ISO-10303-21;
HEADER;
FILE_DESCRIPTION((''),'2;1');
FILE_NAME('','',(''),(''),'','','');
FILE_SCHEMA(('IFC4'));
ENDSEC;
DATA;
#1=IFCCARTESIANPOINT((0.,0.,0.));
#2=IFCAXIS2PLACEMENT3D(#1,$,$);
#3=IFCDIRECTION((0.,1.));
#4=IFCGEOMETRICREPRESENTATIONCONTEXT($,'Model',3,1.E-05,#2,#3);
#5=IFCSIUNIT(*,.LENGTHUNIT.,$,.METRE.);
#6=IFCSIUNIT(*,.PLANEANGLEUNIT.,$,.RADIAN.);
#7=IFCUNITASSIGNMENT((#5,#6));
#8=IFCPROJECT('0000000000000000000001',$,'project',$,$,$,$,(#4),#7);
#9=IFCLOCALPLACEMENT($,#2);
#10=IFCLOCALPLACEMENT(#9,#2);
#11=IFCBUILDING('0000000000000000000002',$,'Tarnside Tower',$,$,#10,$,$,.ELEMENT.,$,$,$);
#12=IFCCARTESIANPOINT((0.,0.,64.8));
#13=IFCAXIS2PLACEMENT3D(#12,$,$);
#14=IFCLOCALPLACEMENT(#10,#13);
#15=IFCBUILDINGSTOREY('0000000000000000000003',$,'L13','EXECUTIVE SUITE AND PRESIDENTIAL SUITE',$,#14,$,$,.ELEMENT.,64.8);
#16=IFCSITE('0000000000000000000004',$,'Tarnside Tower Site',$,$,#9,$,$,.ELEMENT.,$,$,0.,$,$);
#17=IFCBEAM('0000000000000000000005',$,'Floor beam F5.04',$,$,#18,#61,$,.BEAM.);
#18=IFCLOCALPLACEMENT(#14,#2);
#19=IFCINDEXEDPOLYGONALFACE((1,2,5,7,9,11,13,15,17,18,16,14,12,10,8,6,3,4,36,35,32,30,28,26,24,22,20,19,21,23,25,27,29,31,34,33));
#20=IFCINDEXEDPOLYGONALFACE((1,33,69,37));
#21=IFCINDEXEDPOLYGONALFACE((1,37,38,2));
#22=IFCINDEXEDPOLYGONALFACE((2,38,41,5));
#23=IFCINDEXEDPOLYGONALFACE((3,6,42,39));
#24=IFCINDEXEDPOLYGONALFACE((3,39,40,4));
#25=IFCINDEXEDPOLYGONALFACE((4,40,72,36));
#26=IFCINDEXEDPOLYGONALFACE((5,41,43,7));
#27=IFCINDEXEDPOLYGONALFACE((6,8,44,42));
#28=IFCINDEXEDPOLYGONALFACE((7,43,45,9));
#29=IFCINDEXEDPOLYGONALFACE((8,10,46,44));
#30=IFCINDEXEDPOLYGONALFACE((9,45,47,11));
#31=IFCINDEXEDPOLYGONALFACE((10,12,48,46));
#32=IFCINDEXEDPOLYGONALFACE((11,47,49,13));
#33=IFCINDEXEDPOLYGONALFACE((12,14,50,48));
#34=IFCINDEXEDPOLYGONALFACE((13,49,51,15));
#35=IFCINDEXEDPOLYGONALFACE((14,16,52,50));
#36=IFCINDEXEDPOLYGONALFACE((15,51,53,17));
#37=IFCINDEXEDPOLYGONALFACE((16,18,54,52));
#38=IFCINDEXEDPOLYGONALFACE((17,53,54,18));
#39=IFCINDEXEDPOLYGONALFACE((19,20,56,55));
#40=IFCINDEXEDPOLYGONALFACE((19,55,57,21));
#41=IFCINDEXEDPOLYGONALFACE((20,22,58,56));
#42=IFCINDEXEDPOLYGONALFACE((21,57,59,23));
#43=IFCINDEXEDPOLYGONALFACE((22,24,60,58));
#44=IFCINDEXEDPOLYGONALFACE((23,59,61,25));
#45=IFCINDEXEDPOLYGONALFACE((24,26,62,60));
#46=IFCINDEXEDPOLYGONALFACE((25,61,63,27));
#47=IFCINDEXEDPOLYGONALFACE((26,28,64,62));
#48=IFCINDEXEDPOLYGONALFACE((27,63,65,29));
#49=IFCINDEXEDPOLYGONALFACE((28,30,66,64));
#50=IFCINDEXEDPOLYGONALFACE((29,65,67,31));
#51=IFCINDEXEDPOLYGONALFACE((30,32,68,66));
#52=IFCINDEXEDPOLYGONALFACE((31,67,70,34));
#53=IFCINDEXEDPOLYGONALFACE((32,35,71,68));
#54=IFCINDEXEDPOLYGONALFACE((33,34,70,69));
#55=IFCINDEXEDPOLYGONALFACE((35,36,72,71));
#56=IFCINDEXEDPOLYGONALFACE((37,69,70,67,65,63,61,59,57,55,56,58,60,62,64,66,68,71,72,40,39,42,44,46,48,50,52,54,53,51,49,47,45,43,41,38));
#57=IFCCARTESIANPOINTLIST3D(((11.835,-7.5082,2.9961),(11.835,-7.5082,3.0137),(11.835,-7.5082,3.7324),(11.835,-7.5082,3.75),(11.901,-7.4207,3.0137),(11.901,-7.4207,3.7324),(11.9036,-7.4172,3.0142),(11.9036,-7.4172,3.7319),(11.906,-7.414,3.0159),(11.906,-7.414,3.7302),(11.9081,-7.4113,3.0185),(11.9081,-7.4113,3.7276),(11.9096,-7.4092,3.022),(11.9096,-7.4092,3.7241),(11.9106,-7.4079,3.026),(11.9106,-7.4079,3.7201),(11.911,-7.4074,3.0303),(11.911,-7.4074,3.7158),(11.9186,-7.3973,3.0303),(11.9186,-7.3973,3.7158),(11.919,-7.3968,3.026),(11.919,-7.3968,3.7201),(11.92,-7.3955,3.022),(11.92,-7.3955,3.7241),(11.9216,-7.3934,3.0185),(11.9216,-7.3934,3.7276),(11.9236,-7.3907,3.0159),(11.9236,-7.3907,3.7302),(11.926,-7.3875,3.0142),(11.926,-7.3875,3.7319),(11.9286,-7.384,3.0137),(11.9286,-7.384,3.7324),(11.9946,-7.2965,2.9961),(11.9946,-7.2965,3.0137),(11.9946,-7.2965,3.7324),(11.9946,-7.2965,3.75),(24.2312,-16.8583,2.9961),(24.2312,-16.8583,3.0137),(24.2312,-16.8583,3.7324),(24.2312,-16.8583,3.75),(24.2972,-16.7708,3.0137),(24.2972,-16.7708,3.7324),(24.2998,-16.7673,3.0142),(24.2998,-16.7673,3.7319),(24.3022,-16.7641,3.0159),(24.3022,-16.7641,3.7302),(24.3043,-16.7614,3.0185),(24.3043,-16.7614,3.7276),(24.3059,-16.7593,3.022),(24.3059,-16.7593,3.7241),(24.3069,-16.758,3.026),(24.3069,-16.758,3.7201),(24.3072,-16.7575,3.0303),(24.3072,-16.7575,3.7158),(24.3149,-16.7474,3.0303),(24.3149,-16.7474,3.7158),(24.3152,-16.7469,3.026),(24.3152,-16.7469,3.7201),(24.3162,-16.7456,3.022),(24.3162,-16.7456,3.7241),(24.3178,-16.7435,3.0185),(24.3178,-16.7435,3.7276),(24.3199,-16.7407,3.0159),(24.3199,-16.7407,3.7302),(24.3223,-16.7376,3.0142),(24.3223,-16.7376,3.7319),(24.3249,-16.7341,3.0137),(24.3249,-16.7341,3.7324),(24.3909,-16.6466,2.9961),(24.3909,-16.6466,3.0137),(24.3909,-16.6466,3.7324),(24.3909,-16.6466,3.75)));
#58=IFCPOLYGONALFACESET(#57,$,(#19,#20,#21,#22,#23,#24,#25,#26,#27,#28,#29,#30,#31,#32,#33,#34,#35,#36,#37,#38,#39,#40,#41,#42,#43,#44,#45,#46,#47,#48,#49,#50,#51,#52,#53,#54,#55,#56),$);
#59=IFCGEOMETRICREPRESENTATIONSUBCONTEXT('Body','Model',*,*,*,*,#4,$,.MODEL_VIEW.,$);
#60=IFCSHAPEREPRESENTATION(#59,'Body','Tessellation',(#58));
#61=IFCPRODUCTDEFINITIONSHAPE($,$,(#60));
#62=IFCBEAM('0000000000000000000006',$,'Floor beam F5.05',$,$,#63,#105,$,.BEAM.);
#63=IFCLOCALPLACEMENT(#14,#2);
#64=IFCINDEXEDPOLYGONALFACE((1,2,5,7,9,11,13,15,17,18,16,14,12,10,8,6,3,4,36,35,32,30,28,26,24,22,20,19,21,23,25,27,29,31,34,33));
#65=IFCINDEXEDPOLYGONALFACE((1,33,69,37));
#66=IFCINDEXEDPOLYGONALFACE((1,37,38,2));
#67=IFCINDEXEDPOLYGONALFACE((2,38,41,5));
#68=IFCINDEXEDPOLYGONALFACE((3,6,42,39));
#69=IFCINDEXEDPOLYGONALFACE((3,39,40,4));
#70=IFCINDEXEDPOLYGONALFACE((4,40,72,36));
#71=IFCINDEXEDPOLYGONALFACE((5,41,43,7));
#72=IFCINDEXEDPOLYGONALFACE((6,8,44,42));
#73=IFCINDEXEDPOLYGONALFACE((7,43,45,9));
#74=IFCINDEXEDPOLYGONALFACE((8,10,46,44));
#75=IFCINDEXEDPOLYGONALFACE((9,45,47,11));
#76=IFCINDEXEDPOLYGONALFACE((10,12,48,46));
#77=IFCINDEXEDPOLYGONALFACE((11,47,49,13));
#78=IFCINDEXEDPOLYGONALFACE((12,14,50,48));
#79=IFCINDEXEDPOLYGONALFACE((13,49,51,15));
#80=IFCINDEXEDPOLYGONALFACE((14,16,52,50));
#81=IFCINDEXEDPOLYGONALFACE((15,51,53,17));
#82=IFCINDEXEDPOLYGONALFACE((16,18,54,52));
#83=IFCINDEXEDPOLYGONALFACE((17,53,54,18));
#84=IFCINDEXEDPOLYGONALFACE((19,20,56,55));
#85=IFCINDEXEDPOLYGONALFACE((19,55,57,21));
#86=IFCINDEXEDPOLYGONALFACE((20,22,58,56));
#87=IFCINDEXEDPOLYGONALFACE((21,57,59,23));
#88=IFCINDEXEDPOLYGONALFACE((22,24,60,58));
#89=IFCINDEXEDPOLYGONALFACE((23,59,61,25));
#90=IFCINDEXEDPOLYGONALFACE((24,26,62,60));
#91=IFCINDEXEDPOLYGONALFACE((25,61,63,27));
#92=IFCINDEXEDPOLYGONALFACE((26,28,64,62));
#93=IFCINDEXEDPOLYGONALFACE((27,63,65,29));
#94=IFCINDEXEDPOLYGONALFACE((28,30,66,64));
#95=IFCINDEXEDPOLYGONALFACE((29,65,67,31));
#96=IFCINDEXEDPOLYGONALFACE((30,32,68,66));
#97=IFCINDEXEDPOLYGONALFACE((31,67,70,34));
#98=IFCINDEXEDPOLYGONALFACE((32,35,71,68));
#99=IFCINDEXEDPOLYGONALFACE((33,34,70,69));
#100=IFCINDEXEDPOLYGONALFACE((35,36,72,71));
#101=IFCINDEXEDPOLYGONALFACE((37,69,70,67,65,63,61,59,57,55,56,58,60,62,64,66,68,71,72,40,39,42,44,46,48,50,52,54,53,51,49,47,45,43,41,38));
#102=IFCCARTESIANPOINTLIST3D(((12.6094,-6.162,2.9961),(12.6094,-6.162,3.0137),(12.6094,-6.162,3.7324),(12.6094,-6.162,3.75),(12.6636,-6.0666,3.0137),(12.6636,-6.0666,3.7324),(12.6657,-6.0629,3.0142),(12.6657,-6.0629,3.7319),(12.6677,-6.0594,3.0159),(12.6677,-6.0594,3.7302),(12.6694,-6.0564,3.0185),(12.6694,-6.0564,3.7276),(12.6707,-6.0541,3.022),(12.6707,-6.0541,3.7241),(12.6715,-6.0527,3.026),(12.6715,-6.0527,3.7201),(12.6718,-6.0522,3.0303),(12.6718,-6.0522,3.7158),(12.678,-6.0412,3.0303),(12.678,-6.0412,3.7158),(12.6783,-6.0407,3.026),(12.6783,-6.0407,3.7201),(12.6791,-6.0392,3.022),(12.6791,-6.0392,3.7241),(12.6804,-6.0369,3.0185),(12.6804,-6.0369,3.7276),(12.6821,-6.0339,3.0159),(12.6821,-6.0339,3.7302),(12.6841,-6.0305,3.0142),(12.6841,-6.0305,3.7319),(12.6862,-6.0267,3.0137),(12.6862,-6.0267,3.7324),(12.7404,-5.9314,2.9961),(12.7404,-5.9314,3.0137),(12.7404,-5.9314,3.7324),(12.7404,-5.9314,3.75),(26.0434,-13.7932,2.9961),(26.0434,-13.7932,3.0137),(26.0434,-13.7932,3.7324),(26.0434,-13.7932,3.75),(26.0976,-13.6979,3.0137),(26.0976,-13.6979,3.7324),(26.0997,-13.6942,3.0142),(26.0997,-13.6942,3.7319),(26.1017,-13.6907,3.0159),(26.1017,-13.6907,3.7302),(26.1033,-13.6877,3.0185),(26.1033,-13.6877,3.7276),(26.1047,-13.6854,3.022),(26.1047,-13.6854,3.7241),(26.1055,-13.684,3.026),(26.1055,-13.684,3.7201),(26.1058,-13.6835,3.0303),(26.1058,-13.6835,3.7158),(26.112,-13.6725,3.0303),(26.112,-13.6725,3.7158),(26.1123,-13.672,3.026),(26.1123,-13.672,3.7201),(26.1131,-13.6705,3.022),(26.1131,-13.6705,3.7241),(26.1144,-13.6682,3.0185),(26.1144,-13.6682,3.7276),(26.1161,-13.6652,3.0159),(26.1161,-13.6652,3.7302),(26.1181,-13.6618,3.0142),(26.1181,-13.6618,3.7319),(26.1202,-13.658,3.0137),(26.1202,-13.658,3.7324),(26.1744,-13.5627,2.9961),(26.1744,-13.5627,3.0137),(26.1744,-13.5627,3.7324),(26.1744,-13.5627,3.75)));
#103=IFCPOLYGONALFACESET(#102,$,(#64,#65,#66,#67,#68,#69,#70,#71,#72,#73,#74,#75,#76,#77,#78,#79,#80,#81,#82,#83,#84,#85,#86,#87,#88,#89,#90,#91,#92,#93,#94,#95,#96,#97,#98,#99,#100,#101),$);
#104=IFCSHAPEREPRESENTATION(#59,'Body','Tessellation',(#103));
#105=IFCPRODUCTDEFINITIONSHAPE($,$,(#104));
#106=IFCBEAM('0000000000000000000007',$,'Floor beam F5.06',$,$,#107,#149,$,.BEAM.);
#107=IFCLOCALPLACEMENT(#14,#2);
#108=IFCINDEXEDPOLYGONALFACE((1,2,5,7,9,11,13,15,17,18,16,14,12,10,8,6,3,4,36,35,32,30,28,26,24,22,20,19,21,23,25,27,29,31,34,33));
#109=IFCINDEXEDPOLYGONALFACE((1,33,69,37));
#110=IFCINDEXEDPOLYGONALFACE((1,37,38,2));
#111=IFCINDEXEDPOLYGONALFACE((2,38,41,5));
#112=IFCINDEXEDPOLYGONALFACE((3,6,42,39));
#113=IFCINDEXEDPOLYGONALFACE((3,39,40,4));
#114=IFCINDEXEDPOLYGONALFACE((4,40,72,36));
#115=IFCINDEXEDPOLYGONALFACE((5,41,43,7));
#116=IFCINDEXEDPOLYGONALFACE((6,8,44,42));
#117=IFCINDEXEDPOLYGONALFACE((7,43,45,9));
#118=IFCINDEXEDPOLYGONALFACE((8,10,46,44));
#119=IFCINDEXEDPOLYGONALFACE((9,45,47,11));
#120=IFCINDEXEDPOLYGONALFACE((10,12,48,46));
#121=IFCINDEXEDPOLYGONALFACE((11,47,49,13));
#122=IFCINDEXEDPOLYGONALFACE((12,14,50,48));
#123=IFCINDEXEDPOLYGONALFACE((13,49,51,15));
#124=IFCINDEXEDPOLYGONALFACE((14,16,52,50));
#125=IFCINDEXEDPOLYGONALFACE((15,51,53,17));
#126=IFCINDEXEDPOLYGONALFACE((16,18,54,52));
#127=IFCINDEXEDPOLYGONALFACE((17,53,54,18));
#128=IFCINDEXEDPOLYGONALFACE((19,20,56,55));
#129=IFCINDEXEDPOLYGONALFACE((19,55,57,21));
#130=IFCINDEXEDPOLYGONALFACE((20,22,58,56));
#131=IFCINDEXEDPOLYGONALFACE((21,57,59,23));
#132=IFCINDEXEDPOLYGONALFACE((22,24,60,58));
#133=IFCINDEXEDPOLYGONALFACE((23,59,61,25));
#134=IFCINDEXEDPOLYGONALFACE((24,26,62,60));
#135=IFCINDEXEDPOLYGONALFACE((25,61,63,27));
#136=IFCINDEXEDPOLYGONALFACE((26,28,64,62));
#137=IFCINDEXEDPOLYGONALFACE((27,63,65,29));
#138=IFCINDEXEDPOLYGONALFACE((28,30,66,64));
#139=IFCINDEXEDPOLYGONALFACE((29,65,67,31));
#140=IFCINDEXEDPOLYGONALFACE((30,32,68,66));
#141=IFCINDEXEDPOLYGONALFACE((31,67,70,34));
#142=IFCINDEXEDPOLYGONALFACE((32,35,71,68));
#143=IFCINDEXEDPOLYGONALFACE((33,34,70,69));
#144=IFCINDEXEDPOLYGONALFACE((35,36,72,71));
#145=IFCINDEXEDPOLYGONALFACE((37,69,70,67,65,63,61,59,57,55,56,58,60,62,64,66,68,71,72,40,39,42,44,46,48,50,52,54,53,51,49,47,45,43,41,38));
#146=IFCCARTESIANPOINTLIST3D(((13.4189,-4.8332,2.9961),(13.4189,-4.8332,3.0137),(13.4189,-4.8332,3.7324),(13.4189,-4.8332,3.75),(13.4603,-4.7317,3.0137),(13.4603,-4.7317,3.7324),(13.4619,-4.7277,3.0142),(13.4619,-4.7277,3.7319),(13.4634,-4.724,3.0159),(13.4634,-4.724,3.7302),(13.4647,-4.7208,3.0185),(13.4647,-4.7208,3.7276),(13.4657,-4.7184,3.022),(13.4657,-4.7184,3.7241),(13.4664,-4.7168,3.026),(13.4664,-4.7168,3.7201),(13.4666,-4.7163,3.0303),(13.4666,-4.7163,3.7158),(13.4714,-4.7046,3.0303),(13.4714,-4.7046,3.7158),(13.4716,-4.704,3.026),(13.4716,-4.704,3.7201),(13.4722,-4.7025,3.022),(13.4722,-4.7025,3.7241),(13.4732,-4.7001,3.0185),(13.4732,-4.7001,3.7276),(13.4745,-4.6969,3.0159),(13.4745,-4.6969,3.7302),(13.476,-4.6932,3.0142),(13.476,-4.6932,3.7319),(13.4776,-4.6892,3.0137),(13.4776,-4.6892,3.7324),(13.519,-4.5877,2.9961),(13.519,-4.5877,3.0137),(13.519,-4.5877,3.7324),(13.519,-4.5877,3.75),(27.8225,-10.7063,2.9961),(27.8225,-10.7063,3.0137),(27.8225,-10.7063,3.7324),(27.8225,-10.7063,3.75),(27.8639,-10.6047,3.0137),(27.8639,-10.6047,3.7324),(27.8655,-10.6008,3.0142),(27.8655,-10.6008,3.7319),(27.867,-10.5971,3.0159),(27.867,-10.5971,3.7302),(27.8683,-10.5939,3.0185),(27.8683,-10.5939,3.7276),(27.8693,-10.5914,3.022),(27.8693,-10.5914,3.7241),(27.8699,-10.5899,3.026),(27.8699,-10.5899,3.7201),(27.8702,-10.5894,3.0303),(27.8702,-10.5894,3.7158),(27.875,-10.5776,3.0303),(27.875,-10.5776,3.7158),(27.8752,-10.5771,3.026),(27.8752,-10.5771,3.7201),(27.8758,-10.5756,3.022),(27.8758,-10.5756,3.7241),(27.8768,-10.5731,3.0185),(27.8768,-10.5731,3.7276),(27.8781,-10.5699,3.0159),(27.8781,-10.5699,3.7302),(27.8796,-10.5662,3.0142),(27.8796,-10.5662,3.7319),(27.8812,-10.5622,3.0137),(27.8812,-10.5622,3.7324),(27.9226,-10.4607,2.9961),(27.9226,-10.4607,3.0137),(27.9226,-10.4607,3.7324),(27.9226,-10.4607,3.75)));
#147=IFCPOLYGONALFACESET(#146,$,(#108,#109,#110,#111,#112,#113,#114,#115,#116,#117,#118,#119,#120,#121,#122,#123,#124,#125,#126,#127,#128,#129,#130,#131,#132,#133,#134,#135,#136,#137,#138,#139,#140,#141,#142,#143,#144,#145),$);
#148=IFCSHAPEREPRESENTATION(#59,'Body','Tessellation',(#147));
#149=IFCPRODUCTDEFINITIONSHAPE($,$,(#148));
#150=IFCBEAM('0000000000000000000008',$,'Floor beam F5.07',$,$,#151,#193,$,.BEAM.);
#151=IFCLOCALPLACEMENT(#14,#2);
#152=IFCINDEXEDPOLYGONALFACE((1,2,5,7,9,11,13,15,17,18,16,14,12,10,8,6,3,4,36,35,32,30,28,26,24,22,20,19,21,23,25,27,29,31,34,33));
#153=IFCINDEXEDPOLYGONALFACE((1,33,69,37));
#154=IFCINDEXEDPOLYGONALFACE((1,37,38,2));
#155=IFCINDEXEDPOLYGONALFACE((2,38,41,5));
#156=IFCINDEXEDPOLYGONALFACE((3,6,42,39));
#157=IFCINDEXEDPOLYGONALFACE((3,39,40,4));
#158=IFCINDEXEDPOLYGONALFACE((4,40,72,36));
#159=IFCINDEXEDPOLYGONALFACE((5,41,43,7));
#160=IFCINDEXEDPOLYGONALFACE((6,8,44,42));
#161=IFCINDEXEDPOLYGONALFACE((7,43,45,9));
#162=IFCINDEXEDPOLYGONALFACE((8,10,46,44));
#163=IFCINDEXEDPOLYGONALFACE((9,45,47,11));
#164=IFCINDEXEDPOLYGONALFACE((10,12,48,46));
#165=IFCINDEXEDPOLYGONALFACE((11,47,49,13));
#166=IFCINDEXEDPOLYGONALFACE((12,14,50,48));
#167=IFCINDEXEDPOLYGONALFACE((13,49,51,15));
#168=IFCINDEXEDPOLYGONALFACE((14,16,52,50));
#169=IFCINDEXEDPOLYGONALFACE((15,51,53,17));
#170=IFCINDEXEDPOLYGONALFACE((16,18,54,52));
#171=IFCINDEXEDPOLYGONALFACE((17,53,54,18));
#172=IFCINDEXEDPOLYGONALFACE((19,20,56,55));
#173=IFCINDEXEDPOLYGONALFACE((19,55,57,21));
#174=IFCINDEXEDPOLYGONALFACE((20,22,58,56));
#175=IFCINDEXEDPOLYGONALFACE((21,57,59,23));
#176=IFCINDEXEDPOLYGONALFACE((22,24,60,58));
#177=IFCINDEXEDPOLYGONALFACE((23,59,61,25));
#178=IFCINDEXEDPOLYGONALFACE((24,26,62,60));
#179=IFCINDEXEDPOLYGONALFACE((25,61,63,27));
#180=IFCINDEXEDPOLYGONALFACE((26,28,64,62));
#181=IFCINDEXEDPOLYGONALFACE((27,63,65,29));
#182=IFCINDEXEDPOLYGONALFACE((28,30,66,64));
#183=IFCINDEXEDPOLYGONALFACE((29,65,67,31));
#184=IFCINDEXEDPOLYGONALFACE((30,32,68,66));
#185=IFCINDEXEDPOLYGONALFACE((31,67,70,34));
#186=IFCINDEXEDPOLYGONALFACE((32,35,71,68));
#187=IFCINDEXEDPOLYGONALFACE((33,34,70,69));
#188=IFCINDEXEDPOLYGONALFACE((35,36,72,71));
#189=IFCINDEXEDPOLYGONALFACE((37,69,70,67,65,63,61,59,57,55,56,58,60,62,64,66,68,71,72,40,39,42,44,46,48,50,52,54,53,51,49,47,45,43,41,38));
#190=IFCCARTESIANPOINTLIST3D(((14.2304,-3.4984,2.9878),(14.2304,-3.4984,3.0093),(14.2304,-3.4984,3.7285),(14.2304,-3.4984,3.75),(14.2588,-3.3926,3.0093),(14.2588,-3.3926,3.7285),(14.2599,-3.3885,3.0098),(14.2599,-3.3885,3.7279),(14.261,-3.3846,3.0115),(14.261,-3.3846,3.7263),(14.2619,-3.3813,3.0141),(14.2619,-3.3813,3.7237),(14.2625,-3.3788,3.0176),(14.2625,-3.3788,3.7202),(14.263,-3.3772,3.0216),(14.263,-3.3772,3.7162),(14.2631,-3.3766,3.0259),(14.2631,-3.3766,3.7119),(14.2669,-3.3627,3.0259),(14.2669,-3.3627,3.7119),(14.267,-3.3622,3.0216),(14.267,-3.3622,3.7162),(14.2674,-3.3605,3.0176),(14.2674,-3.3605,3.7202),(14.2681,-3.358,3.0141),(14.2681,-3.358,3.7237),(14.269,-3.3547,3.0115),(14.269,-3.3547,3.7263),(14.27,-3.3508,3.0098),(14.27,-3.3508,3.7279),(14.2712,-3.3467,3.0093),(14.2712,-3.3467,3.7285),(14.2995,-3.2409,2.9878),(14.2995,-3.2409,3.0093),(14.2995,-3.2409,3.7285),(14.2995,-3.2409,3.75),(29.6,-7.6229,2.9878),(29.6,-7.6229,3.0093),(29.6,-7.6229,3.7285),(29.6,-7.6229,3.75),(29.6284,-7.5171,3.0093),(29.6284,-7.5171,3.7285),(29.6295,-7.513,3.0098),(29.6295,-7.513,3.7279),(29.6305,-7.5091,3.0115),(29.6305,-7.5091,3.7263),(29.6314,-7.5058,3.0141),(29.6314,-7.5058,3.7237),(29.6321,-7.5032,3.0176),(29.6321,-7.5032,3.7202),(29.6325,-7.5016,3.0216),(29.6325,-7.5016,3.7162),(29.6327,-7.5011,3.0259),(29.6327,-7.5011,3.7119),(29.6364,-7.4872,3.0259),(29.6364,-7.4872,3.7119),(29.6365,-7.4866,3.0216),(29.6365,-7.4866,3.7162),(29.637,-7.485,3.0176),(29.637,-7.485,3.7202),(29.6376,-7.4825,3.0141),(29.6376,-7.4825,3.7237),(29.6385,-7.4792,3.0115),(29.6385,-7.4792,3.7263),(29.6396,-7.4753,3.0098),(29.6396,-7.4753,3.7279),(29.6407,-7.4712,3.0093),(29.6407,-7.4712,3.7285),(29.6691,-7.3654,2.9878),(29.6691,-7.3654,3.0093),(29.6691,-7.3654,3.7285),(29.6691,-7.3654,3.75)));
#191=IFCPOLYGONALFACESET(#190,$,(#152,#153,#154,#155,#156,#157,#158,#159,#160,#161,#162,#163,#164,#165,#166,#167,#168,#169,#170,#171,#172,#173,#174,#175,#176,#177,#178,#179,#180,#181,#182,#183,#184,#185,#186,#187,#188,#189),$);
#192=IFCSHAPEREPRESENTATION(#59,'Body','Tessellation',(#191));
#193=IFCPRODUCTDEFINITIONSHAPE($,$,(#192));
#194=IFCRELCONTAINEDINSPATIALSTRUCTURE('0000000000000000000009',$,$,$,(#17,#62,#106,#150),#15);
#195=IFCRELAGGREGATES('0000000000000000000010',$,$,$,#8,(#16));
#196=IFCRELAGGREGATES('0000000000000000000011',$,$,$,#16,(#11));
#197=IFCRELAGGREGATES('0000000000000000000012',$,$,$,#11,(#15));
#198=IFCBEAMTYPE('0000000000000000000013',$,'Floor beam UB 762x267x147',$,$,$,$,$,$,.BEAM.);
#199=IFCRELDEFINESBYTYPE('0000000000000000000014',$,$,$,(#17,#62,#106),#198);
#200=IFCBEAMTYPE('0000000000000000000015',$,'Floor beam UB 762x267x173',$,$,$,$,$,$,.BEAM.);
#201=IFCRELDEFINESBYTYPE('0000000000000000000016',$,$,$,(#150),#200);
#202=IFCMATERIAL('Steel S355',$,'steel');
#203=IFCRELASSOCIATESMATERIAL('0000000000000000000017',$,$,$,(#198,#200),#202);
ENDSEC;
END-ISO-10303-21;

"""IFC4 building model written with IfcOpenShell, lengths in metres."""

from ifc_helpers import new_model, si_unit, direction, frame, origin, origin_2d, place, context, subcontext, project, spatial, i_section, extrude, material, material_profile, profile_set, type_object, element, save


model = new_model("IFC4")

# Units and contexts
model_context = context("Model", 3, precision=1e-05, world=origin(), true_north=direction((0.0, 1.0)))
body_context = subcontext(model_context, "Body", "Model", "MODEL_VIEW")
ifc_project = project(units=[si_unit("LENGTHUNIT", "METRE"), si_unit("PLANEANGLEUNIT", "RADIAN")], contexts=[model_context])

# Site, building, storey
site_placement = place(None, origin())
site = spatial("IfcSite", under=ifc_project, at=site_placement, Name="Tarnside Tower Site", CompositionType="ELEMENT", RefElevation=0.0)
building_placement = place(site_placement, origin())
building = spatial("IfcBuilding", under=site, at=building_placement, Name="Tarnside Tower", CompositionType="ELEMENT")
storey_placement = place(building_placement, frame((0.0, 0.0, 64.8)))
storey = spatial("IfcBuildingStorey", under=building, at=storey_placement, Name="L13", Description="EXECUTIVE SUITE AND PRESIDENTIAL SUITE", CompositionType="ELEMENT", Elevation=64.8)

# Beams
ifc_material_1 = material(Name="Steel S355", Category="steel")
ifc_material_profile_1 = material_profile(ifc_material_1, i_section(OverallWidth=0.2651, OverallDepth=0.7539, WebThickness=0.0127, FlangeThickness=0.0176, FilletRadius=0.0166, at=origin_2d()), Name="UB 762x267x147")
ifc_profile_set_1 = profile_set([ifc_material_profile_1], Name="Steel S355")
beam_type_1 = type_object("IfcBeamType", Name="Floor beam UB 762x267x147", PredefinedType="BEAM", material=ifc_profile_set_1)
beam_1_placement = place(storey_placement, frame((24.311, -16.7524, 3.373), z_axis=(-0.798361, 0.602179, 0.0), x_axis=(-0.602179, -0.798361, 0.0)))
element("IfcBeam", 1, at=beam_1_placement, inside=storey, type_object=beam_type_1, Name="Floor beam F5.04", PredefinedType="BEAM", context=body_context, shape_type="SweptSolid", body=[
    extrude(i_section(OverallWidth=0.2651, OverallDepth=0.7539, WebThickness=0.0127, FlangeThickness=0.0176, FilletRadius=0.0166, at=origin_2d()), origin(), (0.0, 0.0, 1.0), 15.5271),
])
beam_2_placement = place(storey_placement, frame((26.1089, -13.678, 3.373), z_axis=(-0.869503, 0.493929, 0.0), x_axis=(-0.493929, -0.869503, 0.0)))
element("IfcBeam", 2, at=beam_2_placement, inside=storey, type_object=beam_type_1, Name="Floor beam F5.05", PredefinedType="BEAM", context=body_context, shape_type="SweptSolid", body=[
    extrude(i_section(OverallWidth=0.2651, OverallDepth=0.7539, WebThickness=0.0127, FlangeThickness=0.0176, FilletRadius=0.0166, at=origin_2d()), origin(), (0.0, 0.0, 1.0), 15.4502),
])
beam_3_placement = place(storey_placement, frame((27.8726, -10.5835, 3.373), z_axis=(-0.925982, 0.377569, 0.0), x_axis=(-0.377569, -0.925982, 0.0)))
element("IfcBeam", 3, at=beam_3_placement, inside=storey, type_object=beam_type_1, Name="Floor beam F5.06", PredefinedType="BEAM", context=body_context, shape_type="SweptSolid", body=[
    extrude(i_section(OverallWidth=0.2651, OverallDepth=0.7539, WebThickness=0.0127, FlangeThickness=0.0176, FilletRadius=0.0166, at=origin_2d()), origin(), (0.0, 0.0, 1.0), 15.5549),
])
ifc_material_profile_2 = material_profile(ifc_material_1, i_section(OverallWidth=0.2666, OverallDepth=0.7622, WebThickness=0.0144, FlangeThickness=0.0215, FilletRadius=0.0166, at=origin_2d()), Name="UB 762x267x173")
ifc_profile_set_2 = profile_set([ifc_material_profile_2], Name="Steel S355")
beam_type_2 = type_object("IfcBeamType", Name="Floor beam UB 762x267x173", PredefinedType="BEAM", material=ifc_profile_set_2)
beam_4_placement = place(storey_placement, frame((29.6345, -7.4941, 3.3689), z_axis=(-0.965828, 0.259184, 0.0), x_axis=(-0.259184, -0.965828, 0.0)))
element("IfcBeam", 4, at=beam_4_placement, inside=storey, type_object=beam_type_2, Name="Floor beam F5.07", PredefinedType="BEAM", context=body_context, shape_type="SweptSolid", body=[
    extrude(i_section(OverallWidth=0.2666, OverallDepth=0.7622, WebThickness=0.0144, FlangeThickness=0.0215, FilletRadius=0.0166, at=origin_2d()), origin(), (0.0, 0.0, 1.0), 15.9133),
])

save(model, "model.ifc")
